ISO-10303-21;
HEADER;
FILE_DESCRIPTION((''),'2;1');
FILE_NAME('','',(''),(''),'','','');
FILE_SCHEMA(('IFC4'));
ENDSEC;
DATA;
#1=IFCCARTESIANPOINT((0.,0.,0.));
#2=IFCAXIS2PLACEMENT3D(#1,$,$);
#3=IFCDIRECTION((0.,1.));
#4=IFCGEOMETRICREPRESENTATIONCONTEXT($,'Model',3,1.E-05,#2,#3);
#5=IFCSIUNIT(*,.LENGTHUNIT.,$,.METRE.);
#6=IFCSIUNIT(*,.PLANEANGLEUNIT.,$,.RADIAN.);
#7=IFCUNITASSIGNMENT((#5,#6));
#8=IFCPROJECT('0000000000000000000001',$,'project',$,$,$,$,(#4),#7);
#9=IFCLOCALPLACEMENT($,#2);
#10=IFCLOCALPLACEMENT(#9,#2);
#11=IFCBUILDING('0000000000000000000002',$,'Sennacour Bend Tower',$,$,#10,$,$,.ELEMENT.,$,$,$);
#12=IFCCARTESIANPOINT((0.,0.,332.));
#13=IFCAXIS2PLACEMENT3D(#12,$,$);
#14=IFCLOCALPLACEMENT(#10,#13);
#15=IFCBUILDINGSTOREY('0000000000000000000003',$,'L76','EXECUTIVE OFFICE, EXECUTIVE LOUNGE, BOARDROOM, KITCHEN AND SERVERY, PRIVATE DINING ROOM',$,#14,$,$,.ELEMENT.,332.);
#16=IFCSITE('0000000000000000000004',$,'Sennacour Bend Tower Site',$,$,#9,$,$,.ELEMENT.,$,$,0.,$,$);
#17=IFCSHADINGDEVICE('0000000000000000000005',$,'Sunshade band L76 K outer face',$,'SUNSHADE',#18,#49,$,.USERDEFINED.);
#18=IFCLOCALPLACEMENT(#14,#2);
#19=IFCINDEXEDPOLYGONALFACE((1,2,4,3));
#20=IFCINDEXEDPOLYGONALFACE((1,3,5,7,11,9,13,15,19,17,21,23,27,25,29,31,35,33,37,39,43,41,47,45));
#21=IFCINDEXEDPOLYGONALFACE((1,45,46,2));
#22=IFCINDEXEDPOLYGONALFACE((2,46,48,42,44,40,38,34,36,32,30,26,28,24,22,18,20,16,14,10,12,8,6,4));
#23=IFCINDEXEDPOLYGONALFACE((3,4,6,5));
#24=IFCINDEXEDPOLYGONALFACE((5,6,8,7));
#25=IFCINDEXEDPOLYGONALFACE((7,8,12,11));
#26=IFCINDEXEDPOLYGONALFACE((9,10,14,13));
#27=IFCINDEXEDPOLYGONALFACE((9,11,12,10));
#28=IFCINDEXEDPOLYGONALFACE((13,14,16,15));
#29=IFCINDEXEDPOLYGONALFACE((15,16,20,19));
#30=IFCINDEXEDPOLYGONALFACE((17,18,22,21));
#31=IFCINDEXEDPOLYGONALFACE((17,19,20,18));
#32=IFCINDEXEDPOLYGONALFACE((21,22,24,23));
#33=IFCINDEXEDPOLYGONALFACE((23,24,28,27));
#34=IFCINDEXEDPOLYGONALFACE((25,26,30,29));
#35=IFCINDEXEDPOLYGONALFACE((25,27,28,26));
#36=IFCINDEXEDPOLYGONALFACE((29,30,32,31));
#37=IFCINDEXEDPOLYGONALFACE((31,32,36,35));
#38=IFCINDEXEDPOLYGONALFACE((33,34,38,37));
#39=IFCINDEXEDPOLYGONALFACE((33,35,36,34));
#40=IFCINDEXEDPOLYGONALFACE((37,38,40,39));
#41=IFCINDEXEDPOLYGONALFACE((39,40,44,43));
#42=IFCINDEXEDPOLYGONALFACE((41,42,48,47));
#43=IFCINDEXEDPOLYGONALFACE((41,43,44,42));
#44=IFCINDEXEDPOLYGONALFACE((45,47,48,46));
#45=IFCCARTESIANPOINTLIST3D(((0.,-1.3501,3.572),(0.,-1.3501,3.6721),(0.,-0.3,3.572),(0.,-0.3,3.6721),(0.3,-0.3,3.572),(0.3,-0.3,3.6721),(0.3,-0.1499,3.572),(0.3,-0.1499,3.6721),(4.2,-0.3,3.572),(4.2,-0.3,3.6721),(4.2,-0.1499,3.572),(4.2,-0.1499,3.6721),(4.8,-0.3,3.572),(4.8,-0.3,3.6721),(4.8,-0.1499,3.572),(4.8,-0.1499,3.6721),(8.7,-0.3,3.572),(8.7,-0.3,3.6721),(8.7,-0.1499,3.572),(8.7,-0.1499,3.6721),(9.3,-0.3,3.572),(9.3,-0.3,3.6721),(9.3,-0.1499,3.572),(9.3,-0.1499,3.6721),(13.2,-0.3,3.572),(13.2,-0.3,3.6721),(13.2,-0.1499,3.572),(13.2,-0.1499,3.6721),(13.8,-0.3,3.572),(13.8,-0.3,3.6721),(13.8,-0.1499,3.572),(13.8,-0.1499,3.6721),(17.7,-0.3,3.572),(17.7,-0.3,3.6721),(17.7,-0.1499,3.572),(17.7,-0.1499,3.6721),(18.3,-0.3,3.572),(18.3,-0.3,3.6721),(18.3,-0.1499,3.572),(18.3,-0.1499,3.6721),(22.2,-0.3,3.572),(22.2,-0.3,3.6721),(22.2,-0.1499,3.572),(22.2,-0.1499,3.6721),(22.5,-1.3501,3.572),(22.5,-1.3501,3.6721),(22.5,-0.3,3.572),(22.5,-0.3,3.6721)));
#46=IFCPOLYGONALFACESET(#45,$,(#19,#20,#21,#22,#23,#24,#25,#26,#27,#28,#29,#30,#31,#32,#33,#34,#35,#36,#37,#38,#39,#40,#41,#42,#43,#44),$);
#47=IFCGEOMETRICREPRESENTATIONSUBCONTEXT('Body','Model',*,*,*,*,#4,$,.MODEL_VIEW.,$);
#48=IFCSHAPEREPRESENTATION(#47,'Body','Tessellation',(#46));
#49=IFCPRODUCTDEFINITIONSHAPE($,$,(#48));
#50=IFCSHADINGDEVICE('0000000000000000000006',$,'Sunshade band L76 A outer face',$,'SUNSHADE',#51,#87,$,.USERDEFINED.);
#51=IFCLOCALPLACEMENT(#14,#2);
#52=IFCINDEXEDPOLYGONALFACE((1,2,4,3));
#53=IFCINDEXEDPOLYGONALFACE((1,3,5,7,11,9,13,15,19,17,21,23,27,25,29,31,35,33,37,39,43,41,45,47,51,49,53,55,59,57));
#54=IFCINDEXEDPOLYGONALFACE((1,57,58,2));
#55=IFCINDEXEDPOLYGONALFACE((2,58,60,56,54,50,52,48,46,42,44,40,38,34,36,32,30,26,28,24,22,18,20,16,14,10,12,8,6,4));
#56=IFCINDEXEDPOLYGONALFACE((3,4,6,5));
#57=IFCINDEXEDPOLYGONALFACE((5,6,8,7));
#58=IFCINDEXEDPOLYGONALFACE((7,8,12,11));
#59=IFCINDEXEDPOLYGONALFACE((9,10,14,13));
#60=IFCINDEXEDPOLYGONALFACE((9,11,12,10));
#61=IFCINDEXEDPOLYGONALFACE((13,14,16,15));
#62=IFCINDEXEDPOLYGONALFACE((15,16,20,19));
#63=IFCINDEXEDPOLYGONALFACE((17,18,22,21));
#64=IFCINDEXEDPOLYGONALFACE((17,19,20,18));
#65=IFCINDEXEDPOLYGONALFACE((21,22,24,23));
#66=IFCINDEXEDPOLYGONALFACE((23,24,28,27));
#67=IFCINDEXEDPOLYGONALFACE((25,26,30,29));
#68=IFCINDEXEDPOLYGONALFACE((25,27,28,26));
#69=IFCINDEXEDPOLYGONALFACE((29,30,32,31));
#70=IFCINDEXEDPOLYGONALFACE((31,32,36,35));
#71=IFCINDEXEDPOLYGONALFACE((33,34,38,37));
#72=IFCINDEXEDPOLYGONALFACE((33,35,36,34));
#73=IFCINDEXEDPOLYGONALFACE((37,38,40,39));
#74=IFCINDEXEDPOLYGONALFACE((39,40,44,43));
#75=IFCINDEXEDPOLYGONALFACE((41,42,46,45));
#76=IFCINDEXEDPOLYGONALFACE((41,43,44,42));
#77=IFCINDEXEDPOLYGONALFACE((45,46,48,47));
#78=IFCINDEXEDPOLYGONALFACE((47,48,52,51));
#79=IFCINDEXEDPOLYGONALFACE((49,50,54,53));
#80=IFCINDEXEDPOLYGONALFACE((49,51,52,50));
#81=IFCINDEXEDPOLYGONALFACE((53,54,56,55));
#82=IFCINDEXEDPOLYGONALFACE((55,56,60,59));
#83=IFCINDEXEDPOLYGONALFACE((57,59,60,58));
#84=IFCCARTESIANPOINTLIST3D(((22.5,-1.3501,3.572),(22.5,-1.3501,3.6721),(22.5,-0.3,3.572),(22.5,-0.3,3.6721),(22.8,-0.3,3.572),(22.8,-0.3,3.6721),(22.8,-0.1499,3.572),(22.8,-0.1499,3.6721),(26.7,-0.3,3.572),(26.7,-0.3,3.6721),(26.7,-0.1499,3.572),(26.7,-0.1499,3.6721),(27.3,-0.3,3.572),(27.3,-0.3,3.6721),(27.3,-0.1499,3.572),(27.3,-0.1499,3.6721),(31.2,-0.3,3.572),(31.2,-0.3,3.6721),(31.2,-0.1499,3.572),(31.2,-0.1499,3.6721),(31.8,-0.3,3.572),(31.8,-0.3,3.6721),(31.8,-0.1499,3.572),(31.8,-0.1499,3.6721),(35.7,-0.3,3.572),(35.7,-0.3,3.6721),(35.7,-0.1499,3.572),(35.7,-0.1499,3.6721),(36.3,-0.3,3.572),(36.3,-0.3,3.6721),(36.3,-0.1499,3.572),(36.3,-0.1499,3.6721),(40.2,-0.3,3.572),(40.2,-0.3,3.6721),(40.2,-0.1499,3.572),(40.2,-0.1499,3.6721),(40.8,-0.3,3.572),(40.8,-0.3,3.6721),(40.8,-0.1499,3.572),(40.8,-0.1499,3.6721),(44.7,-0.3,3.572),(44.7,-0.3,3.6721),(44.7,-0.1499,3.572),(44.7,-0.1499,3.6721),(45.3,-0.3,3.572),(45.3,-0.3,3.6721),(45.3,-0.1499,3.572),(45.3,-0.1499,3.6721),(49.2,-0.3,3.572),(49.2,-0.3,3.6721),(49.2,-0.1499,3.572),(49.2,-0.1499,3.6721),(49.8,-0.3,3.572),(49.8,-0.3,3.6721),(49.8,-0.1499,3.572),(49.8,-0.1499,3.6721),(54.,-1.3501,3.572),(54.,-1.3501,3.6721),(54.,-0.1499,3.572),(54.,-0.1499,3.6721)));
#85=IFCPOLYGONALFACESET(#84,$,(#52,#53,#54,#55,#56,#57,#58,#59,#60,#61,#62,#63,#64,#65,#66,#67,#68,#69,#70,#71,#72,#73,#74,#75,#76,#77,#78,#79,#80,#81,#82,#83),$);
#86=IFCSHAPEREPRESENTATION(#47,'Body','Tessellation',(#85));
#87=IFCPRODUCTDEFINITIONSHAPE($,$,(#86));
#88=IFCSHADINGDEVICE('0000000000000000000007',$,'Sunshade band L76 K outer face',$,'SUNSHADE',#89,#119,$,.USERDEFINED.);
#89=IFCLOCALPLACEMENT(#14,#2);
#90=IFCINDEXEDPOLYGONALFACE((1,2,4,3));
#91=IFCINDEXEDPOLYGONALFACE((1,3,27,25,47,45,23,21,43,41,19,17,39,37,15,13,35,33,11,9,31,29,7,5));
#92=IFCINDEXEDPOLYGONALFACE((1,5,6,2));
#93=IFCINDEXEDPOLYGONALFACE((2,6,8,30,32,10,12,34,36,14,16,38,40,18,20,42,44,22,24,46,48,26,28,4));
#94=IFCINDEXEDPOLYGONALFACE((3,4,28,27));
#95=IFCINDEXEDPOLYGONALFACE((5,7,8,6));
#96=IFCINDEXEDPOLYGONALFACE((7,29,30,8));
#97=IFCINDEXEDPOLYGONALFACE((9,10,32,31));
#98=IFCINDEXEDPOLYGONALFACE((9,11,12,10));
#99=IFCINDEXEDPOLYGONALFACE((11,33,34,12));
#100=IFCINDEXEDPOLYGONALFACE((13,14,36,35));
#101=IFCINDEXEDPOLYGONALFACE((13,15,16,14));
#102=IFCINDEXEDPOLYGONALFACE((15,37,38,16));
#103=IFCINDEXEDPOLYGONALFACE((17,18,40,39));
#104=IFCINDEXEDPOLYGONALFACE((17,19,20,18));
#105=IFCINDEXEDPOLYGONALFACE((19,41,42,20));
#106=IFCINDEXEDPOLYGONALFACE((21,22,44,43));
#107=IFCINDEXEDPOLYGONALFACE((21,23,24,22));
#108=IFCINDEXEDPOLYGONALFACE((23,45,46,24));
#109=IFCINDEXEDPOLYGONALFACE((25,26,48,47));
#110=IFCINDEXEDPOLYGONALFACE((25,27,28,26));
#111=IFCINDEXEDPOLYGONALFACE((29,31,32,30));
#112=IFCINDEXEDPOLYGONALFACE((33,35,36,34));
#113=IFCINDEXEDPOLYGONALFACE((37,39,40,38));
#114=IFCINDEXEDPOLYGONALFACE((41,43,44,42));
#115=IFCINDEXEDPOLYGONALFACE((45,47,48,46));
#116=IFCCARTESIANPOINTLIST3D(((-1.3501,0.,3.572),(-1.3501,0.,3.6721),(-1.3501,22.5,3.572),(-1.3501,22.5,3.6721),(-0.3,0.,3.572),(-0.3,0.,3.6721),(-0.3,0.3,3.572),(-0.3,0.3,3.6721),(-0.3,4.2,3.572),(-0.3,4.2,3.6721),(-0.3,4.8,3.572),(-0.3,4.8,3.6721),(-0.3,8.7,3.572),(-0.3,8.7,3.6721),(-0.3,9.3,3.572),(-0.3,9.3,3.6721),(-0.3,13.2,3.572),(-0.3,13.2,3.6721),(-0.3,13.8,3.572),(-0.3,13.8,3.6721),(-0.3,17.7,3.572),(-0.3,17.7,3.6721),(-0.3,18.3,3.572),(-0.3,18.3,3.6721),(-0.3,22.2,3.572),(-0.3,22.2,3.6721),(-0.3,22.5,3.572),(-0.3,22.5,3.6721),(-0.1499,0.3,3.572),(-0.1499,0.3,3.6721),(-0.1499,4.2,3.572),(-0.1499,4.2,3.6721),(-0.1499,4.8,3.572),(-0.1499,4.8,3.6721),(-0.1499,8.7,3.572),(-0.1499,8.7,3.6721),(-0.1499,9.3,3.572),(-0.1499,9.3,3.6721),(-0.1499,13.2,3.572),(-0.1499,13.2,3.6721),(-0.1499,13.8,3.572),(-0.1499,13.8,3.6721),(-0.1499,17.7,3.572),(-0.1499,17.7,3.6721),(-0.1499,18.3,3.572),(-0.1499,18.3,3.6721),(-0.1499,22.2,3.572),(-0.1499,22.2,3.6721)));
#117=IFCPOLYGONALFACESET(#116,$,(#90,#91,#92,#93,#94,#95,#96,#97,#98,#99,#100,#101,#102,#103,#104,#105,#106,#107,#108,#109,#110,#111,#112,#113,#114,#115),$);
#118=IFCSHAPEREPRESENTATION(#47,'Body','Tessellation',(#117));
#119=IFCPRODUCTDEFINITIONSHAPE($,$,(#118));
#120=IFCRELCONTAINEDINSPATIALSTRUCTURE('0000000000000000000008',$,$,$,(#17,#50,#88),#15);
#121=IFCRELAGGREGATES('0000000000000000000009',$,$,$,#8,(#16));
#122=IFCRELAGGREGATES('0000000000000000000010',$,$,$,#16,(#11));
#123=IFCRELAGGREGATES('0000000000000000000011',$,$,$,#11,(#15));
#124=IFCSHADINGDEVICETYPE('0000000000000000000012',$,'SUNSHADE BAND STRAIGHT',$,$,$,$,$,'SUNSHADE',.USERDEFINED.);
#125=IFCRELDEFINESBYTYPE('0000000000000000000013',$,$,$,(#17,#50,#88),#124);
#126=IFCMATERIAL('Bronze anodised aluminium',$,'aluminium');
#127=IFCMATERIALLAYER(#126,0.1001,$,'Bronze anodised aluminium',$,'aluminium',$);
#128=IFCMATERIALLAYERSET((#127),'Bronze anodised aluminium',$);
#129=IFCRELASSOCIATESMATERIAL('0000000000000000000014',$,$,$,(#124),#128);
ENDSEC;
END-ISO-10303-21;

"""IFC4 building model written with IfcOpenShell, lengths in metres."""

from ifc_helpers import new_model, si_unit, direction, frame, origin, place, context, subcontext, project, spatial, polyline, outline, extrude, material, layer, layer_set, type_object, element, save


model = new_model("IFC4")

# Units and contexts
model_context = context("Model", 3, precision=1e-05, world=origin(), true_north=direction((0.0, 1.0)))
body_context = subcontext(model_context, "Body", "Model", "MODEL_VIEW")
ifc_project = project(units=[si_unit("LENGTHUNIT", "METRE"), si_unit("PLANEANGLEUNIT", "RADIAN")], contexts=[model_context])

# Site, building, storey
site_placement = place(None, origin())
site = spatial("IfcSite", under=ifc_project, at=site_placement, Name="Sennacour Bend Tower Site", CompositionType="ELEMENT", RefElevation=0.0)
building_placement = place(site_placement, origin())
building = spatial("IfcBuilding", under=site, at=building_placement, Name="Sennacour Bend Tower", CompositionType="ELEMENT")
storey_placement = place(building_placement, frame((0.0, 0.0, 332.0)))
storey = spatial("IfcBuildingStorey", under=building, at=storey_placement, Name="L76", Description="EXECUTIVE OFFICE, EXECUTIVE LOUNGE, BOARDROOM, KITCHEN AND SERVERY, PRIVATE DINING ROOM", CompositionType="ELEMENT", Elevation=332.0)

# Shading devices
ifc_material_1 = material(Name="Bronze anodised aluminium", Category="aluminium")
ifc_layer_1 = layer(ifc_material_1, 0.1001, Name="Bronze anodised aluminium", Category="aluminium")
ifc_layer_set_1 = layer_set([ifc_layer_1], Name="Bronze anodised aluminium")
shading_device_type_1 = type_object("IfcShadingDeviceType", Name="SUNSHADE BAND STRAIGHT", ElementType="SUNSHADE", PredefinedType="USERDEFINED", material=ifc_layer_set_1)
shading_device_1_placement = place(storey_placement, frame((0.0, 0.0, 3.572)))
element("IfcShadingDevice", 1, at=shading_device_1_placement, inside=storey, type_object=shading_device_type_1, Name="Sunshade band L76 K outer face", ObjectType="SUNSHADE", PredefinedType="USERDEFINED", context=body_context, shape_type="SweptSolid", body=[
    extrude(outline(polyline([(4.2, -0.1499), (4.2, -0.3), (4.8, -0.3), (4.8, -0.1499), (8.7, -0.1499), (8.7, -0.3), (9.3, -0.3), (9.3, -0.1499), (13.2, -0.1499), (13.2, -0.3), (13.8, -0.3), (13.8, -0.1499), (17.7, -0.1499), (17.7, -0.3), (18.3, -0.3), (18.3, -0.1499), (22.2, -0.1499), (22.2, -0.3), (22.5, -0.3), (22.5, -1.3501), (0.0, -1.3501), (0.0, -0.3), (0.3, -0.3), (0.3, -0.1499), (4.2, -0.1499)])), origin(), (0.0, 0.0, 1.0), 0.1001),
])
shading_device_2_placement = place(storey_placement, frame((0.0, 0.0, 3.572)))
element("IfcShadingDevice", 2, at=shading_device_2_placement, inside=storey, type_object=shading_device_type_1, Name="Sunshade band L76 A outer face", ObjectType="SUNSHADE", PredefinedType="USERDEFINED", context=body_context, shape_type="SweptSolid", body=[
    extrude(outline(polyline([(26.7, -0.1499), (26.7, -0.3), (27.3, -0.3), (27.3, -0.1499), (31.2, -0.1499), (31.2, -0.3), (31.8, -0.3), (31.8, -0.1499), (35.7, -0.1499), (35.7, -0.3), (36.3, -0.3), (36.3, -0.1499), (40.2, -0.1499), (40.2, -0.3), (40.8, -0.3), (40.8, -0.1499), (44.7, -0.1499), (44.7, -0.3), (45.3, -0.3), (45.3, -0.1499), (49.2, -0.1499), (49.2, -0.3), (49.8, -0.3), (49.8, -0.1499), (54.0, -0.1499), (54.0, -1.3501), (22.5, -1.3501), (22.5, -0.3), (22.8, -0.3), (22.8, -0.1499), (26.7, -0.1499)])), origin(), (0.0, 0.0, 1.0), 0.1001),
])
shading_device_3_placement = place(storey_placement, frame((0.0, 0.0, 3.572)))
element("IfcShadingDevice", 3, at=shading_device_3_placement, inside=storey, type_object=shading_device_type_1, Name="Sunshade band L76 K outer face", ObjectType="SUNSHADE", PredefinedType="USERDEFINED", context=body_context, shape_type="SweptSolid", body=[
    extrude(outline(polyline([(-0.1499, 18.3), (-0.3, 18.3), (-0.3, 17.7), (-0.1499, 17.7), (-0.1499, 13.8), (-0.3, 13.8), (-0.3, 13.2), (-0.1499, 13.2), (-0.1499, 9.3), (-0.3, 9.3), (-0.3, 8.7), (-0.1499, 8.7), (-0.1499, 4.8), (-0.3, 4.8), (-0.3, 4.2), (-0.1499, 4.2), (-0.1499, 0.3), (-0.3, 0.3), (-0.3, 0.0), (-1.3501, 0.0), (-1.3501, 22.5), (-0.3, 22.5), (-0.3, 22.2), (-0.1499, 22.2), (-0.1499, 18.3)])), origin(), (0.0, 0.0, 1.0), 0.1001),
])

save(model, "model.ifc")
